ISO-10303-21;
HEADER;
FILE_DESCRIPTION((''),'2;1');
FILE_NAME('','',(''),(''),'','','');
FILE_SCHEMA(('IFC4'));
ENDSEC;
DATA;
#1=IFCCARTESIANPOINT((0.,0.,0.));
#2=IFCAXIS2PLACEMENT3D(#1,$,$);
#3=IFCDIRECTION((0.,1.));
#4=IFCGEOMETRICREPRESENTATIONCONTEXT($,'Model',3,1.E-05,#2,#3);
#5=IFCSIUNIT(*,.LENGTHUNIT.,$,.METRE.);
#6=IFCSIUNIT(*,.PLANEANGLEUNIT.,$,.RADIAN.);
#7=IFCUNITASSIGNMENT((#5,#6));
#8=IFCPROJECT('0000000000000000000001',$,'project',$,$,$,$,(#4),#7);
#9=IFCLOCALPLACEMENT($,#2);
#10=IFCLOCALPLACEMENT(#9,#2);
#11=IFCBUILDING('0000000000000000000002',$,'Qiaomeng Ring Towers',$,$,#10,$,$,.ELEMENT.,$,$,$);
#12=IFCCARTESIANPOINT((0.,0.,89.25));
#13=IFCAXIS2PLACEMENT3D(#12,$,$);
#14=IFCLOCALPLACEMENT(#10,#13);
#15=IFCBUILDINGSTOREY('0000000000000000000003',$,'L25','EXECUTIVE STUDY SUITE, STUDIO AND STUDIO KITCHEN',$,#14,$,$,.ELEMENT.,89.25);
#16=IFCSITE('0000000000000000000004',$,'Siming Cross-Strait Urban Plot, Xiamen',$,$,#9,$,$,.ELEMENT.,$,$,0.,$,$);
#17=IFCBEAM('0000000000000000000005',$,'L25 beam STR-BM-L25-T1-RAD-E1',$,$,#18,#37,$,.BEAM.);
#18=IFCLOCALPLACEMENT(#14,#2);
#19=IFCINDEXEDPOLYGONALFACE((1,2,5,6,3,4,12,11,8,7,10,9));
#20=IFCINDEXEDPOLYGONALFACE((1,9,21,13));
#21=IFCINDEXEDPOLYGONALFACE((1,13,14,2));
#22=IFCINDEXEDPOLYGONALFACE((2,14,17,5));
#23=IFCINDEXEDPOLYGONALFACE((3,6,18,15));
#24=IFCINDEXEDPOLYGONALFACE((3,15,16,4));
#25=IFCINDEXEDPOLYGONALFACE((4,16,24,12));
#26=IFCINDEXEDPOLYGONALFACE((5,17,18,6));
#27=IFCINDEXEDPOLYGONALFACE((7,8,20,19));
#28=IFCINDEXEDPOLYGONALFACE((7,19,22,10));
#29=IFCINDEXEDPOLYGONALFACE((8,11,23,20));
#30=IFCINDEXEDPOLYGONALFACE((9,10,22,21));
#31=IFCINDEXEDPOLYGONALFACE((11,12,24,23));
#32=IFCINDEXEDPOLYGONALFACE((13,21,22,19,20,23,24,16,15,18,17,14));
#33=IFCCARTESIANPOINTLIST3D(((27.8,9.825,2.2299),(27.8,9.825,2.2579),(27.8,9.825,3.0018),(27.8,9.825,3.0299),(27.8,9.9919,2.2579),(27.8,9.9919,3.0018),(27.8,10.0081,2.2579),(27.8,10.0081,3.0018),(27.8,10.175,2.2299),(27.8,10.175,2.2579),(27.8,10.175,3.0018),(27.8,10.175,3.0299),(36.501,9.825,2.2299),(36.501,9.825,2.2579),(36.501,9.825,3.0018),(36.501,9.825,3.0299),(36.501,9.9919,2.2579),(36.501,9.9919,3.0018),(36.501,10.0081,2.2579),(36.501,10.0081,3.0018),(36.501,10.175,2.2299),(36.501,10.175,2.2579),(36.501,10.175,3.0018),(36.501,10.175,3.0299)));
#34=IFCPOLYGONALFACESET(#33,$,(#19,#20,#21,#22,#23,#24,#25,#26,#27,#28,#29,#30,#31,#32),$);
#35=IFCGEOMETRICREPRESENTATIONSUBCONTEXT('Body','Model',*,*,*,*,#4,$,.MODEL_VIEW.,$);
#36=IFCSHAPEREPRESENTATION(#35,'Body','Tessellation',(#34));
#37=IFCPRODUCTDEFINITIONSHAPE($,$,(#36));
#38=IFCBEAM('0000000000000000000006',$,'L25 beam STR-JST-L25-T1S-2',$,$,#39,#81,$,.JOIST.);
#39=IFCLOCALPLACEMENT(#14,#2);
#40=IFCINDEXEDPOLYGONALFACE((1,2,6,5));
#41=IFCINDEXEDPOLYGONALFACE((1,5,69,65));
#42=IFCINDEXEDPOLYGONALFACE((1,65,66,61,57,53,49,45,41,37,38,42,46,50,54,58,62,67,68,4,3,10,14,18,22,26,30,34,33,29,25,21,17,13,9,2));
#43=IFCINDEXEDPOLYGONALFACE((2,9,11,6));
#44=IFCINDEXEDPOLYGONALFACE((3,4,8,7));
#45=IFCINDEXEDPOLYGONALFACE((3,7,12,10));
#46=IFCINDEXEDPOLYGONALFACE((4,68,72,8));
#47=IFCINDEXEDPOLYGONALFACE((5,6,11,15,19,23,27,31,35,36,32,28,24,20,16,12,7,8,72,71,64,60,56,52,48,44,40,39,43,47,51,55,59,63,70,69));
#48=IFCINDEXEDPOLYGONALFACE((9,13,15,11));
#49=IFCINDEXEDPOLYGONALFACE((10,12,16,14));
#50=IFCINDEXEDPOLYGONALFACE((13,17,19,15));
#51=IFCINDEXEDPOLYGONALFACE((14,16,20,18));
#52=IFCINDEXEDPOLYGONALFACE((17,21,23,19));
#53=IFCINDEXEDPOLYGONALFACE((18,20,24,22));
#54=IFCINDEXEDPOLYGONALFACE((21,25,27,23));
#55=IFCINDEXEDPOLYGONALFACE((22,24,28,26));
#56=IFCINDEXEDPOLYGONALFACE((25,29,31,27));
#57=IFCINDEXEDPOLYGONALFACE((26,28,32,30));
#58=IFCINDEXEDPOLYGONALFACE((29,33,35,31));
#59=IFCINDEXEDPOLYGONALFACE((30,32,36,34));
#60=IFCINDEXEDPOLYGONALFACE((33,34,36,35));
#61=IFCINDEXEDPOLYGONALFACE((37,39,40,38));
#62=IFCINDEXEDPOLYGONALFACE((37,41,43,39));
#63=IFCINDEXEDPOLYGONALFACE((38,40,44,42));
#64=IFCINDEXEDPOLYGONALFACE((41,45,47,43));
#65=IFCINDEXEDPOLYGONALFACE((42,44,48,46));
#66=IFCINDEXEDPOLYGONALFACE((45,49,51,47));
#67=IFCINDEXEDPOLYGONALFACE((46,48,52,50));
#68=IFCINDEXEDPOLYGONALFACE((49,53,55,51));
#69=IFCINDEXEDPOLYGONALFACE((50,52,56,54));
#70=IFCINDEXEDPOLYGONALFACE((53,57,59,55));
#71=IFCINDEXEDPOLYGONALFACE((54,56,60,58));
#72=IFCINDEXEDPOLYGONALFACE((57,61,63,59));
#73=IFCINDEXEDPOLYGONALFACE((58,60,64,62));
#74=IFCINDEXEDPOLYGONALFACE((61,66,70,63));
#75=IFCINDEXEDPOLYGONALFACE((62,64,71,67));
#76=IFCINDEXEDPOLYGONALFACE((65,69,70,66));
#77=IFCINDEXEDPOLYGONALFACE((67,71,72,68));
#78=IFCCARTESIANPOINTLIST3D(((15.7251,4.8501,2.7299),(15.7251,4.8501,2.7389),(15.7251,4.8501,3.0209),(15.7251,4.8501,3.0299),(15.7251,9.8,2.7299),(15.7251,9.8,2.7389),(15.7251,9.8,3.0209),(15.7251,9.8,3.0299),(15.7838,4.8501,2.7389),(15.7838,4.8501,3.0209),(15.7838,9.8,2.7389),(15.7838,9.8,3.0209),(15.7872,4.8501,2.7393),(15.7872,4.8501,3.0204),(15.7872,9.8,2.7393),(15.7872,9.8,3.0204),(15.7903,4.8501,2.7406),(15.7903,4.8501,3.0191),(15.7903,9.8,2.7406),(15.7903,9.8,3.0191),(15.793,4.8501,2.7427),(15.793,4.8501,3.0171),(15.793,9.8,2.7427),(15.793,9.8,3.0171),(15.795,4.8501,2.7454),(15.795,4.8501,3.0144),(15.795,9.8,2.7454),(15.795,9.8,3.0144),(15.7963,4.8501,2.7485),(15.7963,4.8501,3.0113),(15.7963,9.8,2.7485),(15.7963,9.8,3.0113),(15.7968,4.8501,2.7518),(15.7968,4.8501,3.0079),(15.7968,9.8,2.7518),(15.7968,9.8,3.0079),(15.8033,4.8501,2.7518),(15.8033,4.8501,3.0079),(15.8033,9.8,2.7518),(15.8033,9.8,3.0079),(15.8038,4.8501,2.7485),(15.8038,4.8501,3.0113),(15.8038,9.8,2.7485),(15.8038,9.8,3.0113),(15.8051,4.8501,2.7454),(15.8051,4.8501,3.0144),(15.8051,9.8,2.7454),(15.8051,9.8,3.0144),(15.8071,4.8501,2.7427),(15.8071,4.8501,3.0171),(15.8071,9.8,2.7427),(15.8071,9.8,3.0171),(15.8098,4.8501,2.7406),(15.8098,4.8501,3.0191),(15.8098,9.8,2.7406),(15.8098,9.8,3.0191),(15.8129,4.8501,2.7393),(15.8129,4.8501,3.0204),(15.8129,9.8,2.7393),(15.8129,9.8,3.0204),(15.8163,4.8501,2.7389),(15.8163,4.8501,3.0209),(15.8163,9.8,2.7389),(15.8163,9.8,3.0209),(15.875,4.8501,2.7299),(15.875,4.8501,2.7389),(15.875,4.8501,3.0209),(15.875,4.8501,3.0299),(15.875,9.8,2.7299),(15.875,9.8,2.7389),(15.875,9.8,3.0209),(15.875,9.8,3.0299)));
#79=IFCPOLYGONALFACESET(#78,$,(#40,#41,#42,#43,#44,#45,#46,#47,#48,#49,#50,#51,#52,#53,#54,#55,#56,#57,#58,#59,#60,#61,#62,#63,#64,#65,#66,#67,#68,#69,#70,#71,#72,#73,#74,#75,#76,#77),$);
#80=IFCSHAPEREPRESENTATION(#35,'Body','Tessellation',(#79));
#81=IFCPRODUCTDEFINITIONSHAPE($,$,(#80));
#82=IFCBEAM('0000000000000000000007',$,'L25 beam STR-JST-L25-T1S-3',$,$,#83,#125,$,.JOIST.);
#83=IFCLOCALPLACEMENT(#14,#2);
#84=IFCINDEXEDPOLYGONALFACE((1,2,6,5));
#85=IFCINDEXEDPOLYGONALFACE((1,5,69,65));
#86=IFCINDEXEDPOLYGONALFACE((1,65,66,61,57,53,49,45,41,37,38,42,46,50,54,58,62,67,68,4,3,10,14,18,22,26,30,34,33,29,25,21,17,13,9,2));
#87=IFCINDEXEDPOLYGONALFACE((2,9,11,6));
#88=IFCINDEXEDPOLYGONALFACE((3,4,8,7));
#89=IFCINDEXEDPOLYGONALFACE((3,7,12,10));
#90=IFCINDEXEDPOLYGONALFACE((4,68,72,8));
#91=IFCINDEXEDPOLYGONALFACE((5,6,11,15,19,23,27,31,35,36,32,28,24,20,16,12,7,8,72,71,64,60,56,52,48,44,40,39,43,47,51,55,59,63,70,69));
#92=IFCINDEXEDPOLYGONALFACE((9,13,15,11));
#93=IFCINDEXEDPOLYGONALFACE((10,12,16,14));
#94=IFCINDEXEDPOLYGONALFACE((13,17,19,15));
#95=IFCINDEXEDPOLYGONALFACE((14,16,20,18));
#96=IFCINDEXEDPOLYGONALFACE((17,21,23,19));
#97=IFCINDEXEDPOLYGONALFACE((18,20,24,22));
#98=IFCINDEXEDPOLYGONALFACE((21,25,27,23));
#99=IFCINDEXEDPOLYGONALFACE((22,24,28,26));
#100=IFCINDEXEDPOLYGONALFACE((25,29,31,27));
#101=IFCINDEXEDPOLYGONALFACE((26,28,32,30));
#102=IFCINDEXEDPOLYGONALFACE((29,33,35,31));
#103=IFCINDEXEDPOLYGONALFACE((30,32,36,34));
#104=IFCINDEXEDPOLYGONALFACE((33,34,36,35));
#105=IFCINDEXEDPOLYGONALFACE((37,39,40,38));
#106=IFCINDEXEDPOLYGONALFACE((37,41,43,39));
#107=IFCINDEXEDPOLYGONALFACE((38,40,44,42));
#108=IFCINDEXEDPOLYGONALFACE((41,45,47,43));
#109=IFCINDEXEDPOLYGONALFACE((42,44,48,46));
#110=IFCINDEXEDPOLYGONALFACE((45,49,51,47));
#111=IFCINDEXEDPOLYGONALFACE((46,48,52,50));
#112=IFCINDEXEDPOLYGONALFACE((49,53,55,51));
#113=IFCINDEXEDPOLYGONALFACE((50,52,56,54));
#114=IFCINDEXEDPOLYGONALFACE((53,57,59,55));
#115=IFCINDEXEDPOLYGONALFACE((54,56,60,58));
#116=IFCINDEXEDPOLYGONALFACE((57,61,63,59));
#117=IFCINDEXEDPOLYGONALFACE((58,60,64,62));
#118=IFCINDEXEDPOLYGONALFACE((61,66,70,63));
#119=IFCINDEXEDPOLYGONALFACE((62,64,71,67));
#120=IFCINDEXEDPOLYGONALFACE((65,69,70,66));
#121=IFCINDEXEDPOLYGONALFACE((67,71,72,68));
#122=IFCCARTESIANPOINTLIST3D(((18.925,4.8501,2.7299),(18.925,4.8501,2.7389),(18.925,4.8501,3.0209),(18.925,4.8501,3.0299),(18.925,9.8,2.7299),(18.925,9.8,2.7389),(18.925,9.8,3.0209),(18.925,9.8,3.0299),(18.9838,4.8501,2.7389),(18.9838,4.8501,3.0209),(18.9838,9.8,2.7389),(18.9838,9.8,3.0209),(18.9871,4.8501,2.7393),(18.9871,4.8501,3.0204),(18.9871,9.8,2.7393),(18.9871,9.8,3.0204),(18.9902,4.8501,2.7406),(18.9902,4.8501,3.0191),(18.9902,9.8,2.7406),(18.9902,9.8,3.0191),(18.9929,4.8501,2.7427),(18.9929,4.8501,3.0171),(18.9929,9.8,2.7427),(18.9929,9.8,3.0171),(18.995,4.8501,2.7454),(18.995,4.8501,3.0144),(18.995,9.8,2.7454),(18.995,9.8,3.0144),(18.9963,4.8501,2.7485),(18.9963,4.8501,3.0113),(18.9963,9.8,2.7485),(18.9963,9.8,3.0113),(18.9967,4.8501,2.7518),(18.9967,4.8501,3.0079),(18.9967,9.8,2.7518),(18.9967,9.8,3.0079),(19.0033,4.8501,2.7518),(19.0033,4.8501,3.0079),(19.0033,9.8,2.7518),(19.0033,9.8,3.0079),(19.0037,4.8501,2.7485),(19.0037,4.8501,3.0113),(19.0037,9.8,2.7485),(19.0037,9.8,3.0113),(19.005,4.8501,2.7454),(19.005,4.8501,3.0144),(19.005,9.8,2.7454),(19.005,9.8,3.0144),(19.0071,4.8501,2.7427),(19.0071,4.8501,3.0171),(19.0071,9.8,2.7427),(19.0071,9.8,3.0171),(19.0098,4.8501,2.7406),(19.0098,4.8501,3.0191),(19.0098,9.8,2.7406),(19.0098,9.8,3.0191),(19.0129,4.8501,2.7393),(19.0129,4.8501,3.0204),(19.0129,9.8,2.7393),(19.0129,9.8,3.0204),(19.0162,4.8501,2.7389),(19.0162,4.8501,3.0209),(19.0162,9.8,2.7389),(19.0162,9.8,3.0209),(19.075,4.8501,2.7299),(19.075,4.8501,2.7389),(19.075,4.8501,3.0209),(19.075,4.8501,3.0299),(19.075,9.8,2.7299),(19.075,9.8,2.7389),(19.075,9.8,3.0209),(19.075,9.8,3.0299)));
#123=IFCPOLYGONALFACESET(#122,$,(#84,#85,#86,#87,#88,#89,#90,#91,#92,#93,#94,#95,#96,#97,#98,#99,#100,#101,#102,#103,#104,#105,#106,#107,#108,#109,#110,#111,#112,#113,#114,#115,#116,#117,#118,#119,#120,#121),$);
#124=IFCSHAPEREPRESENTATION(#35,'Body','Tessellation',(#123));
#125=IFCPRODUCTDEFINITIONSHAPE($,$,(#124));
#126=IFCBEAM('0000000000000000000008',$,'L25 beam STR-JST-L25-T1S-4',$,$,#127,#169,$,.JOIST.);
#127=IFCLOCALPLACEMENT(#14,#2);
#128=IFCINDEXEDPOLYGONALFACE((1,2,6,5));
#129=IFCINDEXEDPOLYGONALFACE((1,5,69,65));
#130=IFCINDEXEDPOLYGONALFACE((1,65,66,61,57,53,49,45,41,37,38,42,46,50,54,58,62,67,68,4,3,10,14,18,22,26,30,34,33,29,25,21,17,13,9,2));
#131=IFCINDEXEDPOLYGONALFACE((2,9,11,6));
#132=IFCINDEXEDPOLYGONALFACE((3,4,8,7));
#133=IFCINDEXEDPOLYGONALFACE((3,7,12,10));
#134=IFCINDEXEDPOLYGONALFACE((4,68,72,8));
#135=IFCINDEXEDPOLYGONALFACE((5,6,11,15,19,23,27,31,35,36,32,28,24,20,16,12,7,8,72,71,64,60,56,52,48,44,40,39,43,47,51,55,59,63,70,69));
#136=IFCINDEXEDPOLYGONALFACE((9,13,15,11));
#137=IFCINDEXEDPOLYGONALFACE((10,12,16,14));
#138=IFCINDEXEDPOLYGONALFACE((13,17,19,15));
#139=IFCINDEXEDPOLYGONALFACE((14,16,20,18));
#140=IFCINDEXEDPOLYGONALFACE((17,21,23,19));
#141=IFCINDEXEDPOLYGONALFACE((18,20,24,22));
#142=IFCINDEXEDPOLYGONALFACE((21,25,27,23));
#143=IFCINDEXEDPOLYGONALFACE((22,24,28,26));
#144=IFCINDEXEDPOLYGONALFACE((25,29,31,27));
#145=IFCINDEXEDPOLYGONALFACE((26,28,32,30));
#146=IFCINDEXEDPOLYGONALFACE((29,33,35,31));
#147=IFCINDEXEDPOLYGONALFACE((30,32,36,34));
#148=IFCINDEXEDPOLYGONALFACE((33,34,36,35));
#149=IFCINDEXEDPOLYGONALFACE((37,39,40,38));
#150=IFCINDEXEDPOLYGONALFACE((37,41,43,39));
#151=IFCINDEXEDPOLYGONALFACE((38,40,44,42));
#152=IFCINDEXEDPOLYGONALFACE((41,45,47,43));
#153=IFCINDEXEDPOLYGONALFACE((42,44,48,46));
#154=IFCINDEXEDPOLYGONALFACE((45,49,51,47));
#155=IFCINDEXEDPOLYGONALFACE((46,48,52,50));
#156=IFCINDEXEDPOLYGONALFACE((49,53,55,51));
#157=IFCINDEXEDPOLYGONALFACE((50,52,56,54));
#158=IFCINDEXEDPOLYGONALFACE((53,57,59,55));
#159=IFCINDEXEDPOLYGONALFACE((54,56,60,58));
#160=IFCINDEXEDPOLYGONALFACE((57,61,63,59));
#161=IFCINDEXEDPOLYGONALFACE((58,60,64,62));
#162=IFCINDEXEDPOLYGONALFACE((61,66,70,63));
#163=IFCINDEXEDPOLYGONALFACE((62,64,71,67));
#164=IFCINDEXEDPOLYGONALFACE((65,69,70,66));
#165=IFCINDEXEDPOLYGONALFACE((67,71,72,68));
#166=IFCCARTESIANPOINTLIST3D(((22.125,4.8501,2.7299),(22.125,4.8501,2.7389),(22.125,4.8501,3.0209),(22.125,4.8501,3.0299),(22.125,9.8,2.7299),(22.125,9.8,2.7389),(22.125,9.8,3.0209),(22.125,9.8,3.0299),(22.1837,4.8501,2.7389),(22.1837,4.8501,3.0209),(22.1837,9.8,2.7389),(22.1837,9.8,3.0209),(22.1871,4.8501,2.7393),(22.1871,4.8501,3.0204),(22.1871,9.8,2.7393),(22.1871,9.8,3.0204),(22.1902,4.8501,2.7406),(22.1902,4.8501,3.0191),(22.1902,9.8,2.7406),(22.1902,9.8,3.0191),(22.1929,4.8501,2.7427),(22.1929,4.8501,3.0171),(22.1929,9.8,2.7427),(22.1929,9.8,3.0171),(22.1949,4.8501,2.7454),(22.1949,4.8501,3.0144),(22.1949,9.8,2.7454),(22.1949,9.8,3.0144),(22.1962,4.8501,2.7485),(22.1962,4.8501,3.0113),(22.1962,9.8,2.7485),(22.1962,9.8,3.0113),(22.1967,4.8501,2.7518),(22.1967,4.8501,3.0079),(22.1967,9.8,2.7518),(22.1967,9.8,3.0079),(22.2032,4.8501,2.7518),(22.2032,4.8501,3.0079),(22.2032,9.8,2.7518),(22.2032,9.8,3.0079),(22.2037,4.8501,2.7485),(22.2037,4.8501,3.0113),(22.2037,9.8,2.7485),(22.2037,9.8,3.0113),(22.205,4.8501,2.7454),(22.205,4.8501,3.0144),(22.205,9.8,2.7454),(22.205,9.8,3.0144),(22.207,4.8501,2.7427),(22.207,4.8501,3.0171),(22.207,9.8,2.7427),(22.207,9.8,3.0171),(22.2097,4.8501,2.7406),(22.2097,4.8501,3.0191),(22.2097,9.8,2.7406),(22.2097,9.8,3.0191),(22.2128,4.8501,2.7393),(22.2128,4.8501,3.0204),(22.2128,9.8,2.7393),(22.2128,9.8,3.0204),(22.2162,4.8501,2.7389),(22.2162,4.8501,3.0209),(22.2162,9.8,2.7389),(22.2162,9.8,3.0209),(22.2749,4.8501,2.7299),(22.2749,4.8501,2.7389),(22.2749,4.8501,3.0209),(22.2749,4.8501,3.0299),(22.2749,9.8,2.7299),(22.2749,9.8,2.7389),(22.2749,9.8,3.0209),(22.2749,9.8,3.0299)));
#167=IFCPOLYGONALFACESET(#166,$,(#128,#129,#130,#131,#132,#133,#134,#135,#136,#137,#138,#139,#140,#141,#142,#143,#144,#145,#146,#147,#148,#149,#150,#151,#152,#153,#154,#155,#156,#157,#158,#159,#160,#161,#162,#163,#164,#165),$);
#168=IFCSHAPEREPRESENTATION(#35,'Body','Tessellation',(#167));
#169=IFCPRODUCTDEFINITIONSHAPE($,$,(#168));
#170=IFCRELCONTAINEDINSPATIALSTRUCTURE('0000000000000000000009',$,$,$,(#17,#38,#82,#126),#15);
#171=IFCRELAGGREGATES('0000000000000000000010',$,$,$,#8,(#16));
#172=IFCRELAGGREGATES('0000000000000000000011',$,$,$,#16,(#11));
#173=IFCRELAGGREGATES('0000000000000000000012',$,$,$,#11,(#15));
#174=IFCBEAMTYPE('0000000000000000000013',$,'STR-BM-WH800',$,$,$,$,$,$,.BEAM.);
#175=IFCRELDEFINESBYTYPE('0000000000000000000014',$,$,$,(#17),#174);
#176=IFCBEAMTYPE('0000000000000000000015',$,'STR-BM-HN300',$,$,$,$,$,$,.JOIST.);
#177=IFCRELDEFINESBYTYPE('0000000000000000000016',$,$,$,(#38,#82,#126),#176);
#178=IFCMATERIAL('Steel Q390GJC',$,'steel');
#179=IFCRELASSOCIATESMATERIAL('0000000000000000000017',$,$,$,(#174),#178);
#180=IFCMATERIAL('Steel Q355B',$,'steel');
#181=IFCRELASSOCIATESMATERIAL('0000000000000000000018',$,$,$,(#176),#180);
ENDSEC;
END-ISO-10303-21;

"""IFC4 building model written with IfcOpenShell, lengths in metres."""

from ifc_helpers import new_model, si_unit, direction, frame, origin, origin_2d, place, context, subcontext, project, spatial, i_section, extrude, source, transform, mapped, material, material_profile, profile_set, type_object, element, save


model = new_model("IFC4")

# Units and contexts
model_context = context("Model", 3, precision=1e-05, world=origin(), true_north=direction((0.0, 1.0)))
body_context = subcontext(model_context, "Body", "Model", "MODEL_VIEW")
ifc_project = project(units=[si_unit("LENGTHUNIT", "METRE"), si_unit("PLANEANGLEUNIT", "RADIAN")], contexts=[model_context])

# Site, building, storey
site_placement = place(None, origin())
site = spatial("IfcSite", under=ifc_project, at=site_placement, Name="Siming Cross-Strait Urban Plot, Xiamen", CompositionType="ELEMENT", RefElevation=0.0)
building_placement = place(site_placement, origin())
building = spatial("IfcBuilding", under=site, at=building_placement, Name="Qiaomeng Ring Towers", CompositionType="ELEMENT")
storey_placement = place(building_placement, frame((0.0, 0.0, 89.25)))
storey = spatial("IfcBuildingStorey", under=building, at=storey_placement, Name="L25", Description="EXECUTIVE STUDY SUITE, STUDIO AND STUDIO KITCHEN", CompositionType="ELEMENT", Elevation=89.25)

# Beams
ifc_material_1 = material(Name="Steel Q390GJC", Category="steel")
ifc_material_profile_1 = material_profile(ifc_material_1, i_section(OverallWidth=0.3501, OverallDepth=0.8, WebThickness=0.0161, FlangeThickness=0.0281, at=origin_2d()), Name="WH 800x350x16x28")
ifc_profile_set_1 = profile_set([ifc_material_profile_1], Name="Steel Q390GJC")
beam_type_1 = type_object("IfcBeamType", Name="STR-BM-WH800", PredefinedType="BEAM", material=ifc_profile_set_1)
shared_shape_1 = source(origin(), body_context, "Body", "SweptSolid", [
    extrude(i_section(OverallWidth=0.3501, OverallDepth=0.8, WebThickness=0.0161, FlangeThickness=0.0281, at=origin_2d()), origin(), (0.0, 0.0, 1.0), 8.7009),
])
beam_placement = place(storey_placement, frame((27.8, 10.0, 2.6299), z_axis=(1.0, 0.0, 0.0), x_axis=(0.0, 1.0, 0.0)))
element("IfcBeam", 1, at=beam_placement, inside=storey, type_object=beam_type_1, Name="L25 beam STR-BM-L25-T1-RAD-E1", PredefinedType="BEAM", context=body_context, shape_type="MappedRepresentation", body=[
    mapped(shared_shape_1, transform((0.0, 0.0, 0.0), x_axis=(1.0, 0.0, 0.0), y_axis=(0.0, 1.0, 0.0), z_axis=(0.0, 0.0, 1.0), scale=1.0)),
])
ifc_material_2 = material(Name="Steel Q355B", Category="steel")
ifc_material_profile_2 = material_profile(ifc_material_2, i_section(OverallWidth=0.1499, OverallDepth=0.3, WebThickness=0.0066, FlangeThickness=0.009, FilletRadius=0.0129, at=origin_2d()), Name="HN 300x150x6.5x9")
ifc_profile_set_2 = profile_set([ifc_material_profile_2], Name="Steel Q355B")
beam_type_2 = type_object("IfcBeamType", Name="STR-BM-HN300", PredefinedType="JOIST", material=ifc_profile_set_2)
shared_shape_2 = source(origin(), body_context, "Body", "SweptSolid", [
    extrude(i_section(OverallWidth=0.1499, OverallDepth=0.3, WebThickness=0.0066, FlangeThickness=0.009, FilletRadius=0.0129, at=origin_2d()), origin(), (0.0, 0.0, 1.0), 4.95),
])
for number, where, z_axis, x_axis, name in (
    (2, (15.8, 4.8501, 2.8799), (0.0, 1.0, 0.0), (-1.0, 0.0, 0.0), "L25 beam STR-JST-L25-T1S-2"),
    (3, (19.0, 4.8501, 2.8799), (0.0, 1.0, 0.0), (-1.0, 0.0, 0.0), "L25 beam STR-JST-L25-T1S-3"),
    (4, (22.2, 4.8501, 2.8799), (0.0, 1.0, 0.0), (-1.0, 0.0, 0.0), "L25 beam STR-JST-L25-T1S-4"),
):
    element("IfcBeam", number, at=place(storey_placement, frame(where, z_axis=z_axis, x_axis=x_axis)), inside=storey, type_object=beam_type_2, Name=name, PredefinedType="JOIST", context=body_context, shape_type="MappedRepresentation", body=[
        mapped(shared_shape_2, transform((0.0, 0.0, 0.0), x_axis=(1.0, 0.0, 0.0), y_axis=(0.0, 1.0, 0.0), z_axis=(0.0, 0.0, 1.0), scale=1.0)),
    ])

save(model, "model.ifc")
